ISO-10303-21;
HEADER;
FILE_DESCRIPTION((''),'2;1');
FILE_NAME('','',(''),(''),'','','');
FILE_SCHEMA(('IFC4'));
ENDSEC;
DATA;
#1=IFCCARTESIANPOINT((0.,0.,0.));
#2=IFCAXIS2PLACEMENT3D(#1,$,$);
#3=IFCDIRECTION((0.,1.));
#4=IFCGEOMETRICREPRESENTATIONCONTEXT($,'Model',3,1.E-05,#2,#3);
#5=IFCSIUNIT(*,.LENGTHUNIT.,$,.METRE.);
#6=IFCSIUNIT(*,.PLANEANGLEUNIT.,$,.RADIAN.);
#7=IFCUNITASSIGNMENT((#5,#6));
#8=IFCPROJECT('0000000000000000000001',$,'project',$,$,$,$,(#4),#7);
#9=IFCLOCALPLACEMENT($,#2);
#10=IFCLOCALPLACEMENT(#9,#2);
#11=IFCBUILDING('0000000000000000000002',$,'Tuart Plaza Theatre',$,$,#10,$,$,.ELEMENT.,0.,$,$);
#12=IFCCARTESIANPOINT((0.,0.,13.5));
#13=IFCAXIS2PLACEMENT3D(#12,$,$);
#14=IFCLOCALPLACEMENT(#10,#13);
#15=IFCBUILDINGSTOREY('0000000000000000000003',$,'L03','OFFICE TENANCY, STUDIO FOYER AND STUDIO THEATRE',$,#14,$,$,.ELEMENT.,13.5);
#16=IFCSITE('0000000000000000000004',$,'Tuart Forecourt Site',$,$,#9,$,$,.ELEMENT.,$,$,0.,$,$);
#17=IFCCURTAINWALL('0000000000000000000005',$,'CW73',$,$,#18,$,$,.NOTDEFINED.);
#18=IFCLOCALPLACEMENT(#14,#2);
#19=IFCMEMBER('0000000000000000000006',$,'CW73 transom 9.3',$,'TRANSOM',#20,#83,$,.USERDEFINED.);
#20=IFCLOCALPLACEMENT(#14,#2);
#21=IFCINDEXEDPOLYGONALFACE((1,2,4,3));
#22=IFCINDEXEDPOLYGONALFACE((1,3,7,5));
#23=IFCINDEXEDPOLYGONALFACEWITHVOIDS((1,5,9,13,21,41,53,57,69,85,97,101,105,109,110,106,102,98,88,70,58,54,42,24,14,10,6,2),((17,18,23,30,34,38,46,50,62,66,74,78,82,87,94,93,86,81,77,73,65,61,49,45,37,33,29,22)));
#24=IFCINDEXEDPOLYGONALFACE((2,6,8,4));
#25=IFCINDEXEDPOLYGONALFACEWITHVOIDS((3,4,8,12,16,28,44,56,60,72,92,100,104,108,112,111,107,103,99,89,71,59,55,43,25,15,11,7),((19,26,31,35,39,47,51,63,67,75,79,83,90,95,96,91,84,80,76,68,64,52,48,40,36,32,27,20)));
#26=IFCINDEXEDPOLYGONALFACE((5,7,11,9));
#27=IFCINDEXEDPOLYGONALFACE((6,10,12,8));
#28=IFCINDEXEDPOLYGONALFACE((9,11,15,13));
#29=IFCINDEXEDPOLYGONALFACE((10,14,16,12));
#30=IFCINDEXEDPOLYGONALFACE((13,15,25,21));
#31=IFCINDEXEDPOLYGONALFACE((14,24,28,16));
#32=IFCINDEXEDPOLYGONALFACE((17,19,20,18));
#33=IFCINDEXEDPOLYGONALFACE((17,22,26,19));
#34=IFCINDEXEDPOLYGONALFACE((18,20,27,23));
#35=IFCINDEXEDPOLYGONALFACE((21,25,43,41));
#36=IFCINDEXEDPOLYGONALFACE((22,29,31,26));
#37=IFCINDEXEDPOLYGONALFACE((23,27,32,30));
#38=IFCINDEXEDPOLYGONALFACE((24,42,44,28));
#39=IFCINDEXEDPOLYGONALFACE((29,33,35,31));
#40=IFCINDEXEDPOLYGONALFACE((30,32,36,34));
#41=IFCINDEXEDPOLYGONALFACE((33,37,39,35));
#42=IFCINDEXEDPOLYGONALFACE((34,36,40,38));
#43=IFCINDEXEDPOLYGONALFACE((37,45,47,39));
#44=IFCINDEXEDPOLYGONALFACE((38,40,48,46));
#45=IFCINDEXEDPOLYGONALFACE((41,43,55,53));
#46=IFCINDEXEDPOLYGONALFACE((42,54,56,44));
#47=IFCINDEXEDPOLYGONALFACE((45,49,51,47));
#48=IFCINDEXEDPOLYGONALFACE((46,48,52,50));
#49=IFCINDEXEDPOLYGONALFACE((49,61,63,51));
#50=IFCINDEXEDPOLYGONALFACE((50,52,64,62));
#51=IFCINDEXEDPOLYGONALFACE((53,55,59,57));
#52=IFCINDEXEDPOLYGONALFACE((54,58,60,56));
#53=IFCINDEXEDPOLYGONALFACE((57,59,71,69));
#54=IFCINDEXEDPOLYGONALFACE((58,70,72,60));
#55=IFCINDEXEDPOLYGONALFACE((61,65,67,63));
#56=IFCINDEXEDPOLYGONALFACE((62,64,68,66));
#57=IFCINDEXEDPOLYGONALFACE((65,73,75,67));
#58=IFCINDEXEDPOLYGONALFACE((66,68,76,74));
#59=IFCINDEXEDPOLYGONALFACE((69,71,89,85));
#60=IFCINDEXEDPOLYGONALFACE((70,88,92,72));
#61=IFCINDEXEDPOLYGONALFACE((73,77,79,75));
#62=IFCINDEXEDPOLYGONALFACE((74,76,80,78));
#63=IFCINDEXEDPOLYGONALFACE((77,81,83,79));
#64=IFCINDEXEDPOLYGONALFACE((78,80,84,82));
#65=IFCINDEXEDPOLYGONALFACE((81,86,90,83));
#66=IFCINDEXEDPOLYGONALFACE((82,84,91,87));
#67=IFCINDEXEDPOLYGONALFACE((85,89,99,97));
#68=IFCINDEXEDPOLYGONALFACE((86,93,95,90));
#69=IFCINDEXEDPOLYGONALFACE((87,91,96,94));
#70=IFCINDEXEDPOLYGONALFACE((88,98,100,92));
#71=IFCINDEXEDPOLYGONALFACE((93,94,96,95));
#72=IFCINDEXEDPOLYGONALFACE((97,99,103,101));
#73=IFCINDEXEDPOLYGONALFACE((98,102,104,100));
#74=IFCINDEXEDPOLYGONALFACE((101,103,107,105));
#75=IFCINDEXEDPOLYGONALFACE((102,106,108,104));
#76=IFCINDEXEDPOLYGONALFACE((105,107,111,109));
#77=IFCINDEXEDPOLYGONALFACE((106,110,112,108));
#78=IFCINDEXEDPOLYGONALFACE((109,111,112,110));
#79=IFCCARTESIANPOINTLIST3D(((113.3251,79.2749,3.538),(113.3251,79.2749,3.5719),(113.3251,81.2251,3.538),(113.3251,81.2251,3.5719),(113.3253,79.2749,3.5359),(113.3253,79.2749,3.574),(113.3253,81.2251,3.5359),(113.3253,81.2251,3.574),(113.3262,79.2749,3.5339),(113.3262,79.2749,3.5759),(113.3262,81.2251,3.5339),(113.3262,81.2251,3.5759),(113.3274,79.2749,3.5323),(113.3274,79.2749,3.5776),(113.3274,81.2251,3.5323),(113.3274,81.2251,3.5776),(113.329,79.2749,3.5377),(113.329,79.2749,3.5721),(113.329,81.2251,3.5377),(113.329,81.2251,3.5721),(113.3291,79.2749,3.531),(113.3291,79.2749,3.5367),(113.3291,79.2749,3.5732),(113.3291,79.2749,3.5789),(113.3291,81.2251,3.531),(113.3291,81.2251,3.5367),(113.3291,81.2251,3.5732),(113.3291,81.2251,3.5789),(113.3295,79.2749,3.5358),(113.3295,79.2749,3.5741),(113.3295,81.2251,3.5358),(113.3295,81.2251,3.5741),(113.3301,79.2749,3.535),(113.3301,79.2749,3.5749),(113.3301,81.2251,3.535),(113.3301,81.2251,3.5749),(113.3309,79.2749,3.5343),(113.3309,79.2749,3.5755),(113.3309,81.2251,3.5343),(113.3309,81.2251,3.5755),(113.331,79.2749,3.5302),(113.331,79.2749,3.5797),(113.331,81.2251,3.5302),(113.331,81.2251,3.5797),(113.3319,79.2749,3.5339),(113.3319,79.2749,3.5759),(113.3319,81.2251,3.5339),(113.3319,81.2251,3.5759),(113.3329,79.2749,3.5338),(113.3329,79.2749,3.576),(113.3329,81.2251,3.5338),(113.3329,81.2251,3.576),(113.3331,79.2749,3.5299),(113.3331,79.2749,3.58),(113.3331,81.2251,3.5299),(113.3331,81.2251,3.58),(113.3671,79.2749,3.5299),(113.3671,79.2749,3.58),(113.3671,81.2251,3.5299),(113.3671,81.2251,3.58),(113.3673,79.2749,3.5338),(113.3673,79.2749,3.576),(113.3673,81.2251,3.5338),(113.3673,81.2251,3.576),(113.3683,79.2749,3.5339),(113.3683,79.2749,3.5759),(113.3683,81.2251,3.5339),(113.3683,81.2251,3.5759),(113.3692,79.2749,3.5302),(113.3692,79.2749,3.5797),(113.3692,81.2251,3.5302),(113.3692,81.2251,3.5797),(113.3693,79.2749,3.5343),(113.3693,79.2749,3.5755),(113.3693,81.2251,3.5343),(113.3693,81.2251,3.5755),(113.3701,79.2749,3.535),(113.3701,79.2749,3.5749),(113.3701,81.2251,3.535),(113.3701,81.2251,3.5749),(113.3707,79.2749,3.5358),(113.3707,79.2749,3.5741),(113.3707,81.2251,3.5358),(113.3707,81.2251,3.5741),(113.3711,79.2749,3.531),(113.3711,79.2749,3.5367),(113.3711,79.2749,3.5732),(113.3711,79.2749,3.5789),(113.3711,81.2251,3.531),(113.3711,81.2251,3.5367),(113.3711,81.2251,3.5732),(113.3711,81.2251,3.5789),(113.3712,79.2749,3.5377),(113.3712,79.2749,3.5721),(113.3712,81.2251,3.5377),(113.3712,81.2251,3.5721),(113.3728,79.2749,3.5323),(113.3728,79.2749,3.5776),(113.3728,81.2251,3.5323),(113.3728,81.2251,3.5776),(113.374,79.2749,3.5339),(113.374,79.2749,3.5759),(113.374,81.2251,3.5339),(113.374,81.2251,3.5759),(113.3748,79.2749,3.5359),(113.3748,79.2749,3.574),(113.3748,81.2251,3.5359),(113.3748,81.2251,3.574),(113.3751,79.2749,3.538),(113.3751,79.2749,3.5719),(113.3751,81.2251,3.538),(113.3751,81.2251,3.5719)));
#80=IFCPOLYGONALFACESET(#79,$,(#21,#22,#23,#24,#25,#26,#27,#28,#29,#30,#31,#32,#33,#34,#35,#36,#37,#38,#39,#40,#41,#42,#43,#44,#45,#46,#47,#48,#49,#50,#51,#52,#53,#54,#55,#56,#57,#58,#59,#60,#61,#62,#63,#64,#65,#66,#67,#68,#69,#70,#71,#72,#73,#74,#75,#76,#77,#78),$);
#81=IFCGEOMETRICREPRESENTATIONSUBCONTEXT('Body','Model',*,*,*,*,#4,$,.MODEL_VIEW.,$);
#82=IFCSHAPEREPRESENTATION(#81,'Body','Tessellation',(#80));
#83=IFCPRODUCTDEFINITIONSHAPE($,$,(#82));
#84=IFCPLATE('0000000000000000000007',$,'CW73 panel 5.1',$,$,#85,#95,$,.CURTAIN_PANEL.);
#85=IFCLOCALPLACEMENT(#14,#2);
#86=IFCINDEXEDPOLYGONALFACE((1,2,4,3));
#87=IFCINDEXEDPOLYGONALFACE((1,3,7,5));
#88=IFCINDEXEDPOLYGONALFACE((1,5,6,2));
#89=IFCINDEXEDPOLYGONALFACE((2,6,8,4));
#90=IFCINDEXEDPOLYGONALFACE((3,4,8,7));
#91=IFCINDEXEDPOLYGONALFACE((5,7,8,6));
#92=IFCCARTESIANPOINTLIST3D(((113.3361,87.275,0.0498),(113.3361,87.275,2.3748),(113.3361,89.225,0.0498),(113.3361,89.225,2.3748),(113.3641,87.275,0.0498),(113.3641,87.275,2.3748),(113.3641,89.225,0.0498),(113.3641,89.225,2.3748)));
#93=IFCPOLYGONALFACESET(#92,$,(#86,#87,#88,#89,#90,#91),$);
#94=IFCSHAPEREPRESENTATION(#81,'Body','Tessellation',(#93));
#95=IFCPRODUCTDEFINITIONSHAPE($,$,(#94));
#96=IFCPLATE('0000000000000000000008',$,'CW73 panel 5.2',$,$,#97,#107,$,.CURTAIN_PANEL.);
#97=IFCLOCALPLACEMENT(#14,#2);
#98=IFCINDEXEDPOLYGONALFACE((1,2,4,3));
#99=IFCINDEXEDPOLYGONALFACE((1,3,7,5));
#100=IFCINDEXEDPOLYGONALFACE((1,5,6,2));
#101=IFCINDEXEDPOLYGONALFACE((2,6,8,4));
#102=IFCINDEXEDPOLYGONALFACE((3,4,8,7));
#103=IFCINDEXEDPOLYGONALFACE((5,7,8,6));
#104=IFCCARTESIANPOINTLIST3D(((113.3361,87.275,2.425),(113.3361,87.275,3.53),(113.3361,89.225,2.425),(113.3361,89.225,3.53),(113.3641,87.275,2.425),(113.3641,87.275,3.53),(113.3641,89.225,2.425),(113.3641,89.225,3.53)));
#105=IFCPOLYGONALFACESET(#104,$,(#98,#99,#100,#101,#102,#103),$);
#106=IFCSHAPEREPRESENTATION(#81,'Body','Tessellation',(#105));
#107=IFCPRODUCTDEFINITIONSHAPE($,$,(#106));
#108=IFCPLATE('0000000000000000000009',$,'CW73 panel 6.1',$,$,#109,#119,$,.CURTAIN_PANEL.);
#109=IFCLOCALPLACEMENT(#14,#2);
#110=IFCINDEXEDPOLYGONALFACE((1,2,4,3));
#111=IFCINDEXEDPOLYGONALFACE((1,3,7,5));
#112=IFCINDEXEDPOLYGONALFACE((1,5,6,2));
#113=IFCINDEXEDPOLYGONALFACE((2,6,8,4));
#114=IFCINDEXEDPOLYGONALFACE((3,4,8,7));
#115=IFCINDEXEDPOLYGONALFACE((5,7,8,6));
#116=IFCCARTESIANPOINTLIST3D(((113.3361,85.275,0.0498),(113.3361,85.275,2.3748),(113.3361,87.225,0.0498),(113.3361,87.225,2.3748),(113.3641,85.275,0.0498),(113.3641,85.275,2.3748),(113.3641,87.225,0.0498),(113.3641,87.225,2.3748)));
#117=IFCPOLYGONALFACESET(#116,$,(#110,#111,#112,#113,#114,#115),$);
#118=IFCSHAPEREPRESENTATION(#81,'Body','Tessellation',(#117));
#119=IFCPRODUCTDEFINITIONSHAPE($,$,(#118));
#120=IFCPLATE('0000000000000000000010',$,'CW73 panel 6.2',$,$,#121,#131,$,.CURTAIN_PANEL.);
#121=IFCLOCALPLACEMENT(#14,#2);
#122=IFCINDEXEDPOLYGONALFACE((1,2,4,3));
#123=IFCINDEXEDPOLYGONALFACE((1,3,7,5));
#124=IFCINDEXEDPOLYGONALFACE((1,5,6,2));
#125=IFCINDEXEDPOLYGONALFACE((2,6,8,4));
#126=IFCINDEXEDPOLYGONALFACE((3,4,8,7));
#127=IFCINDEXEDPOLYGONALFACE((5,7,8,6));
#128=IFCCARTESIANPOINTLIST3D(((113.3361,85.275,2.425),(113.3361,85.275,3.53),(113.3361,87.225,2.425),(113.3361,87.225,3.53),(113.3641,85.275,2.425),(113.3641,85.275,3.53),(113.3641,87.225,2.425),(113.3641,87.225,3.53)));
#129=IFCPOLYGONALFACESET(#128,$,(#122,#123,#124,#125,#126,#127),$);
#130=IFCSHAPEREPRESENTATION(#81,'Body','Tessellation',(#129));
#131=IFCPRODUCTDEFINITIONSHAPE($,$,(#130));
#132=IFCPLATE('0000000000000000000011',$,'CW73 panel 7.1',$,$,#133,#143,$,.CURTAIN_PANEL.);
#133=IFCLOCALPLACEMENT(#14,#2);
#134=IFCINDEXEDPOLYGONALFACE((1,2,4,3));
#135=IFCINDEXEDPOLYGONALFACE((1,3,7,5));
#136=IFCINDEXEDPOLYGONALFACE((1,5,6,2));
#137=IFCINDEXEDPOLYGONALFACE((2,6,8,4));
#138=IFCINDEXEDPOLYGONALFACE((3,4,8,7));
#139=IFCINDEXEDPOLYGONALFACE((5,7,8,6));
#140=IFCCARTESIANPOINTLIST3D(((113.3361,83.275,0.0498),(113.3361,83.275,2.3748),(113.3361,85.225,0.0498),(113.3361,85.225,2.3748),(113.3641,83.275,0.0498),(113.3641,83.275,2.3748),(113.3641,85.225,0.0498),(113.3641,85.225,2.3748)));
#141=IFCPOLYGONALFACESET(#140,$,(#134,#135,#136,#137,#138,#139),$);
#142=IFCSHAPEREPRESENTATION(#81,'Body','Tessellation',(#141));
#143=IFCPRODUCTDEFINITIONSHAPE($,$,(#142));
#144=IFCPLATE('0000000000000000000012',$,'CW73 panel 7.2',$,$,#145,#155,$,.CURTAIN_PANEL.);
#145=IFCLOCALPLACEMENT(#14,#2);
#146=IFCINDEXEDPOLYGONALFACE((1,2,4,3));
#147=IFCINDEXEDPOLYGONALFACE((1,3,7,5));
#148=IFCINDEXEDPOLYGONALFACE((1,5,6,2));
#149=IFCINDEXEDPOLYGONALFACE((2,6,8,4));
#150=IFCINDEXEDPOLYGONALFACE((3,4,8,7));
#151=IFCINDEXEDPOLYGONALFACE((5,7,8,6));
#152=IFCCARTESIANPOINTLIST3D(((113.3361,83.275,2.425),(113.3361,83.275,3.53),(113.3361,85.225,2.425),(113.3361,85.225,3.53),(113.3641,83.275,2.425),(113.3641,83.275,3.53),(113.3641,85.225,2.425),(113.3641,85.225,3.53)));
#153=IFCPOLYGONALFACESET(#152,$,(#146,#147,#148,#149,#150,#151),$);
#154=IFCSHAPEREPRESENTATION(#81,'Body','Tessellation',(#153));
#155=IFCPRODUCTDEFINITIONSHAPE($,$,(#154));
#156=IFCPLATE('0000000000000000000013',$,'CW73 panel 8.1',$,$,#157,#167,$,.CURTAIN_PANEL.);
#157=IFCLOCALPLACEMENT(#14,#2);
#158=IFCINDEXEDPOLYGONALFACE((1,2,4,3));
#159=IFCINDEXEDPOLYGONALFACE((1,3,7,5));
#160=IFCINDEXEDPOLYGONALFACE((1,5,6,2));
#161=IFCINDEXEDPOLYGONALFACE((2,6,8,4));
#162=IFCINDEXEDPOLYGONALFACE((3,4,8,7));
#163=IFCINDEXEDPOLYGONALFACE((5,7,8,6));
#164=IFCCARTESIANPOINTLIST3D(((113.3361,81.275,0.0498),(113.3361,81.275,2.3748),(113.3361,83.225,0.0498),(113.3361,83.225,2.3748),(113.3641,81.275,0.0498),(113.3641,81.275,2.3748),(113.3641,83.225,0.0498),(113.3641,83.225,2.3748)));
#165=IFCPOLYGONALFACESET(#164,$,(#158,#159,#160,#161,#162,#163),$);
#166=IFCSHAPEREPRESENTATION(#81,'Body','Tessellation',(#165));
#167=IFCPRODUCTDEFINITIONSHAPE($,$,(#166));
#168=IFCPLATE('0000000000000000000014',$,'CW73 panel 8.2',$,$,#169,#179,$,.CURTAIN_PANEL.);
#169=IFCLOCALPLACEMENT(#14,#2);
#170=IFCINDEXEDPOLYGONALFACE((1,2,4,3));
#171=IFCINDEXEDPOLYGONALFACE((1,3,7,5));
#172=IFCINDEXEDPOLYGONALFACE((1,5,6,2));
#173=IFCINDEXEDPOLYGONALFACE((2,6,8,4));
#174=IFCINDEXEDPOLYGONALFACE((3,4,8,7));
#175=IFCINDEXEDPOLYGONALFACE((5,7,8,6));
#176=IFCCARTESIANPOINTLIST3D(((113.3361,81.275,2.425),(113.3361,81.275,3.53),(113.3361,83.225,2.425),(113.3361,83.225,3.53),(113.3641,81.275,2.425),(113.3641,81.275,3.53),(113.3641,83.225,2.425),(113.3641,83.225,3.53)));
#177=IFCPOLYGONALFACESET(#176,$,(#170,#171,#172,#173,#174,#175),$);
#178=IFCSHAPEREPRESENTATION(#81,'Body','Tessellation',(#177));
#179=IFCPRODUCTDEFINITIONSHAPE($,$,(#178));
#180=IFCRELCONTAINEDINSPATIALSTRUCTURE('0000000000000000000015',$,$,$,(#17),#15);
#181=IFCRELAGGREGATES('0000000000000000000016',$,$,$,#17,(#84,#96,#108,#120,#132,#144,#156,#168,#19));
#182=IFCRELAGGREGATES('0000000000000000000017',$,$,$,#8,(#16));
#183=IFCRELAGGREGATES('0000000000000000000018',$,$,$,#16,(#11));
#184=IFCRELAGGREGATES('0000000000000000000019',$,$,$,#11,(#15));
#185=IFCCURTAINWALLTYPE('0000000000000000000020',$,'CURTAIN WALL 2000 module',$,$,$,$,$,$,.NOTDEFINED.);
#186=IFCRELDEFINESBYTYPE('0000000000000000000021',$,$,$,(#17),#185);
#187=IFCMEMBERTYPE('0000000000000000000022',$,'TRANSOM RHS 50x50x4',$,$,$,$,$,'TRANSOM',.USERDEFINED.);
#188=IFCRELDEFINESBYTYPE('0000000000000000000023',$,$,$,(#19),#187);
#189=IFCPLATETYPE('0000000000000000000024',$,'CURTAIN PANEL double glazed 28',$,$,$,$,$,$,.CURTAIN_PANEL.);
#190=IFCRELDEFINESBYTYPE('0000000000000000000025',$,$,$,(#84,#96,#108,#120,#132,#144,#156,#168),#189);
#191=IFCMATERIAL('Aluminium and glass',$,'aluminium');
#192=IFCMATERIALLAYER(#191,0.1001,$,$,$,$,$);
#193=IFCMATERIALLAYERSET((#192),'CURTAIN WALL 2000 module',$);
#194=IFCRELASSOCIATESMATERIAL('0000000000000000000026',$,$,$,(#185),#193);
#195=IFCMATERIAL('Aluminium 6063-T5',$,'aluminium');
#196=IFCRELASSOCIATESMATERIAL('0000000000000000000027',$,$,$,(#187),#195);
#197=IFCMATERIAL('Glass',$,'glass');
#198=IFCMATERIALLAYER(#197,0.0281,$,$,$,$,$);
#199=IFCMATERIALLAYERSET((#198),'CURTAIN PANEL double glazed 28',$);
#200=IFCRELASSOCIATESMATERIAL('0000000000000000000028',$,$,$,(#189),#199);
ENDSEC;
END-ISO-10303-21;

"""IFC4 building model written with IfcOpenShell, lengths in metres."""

from ifc_helpers import new_model, si_unit, direction, frame, origin, origin_2d, place, context, subcontext, project, spatial, rectangle, hollow_rectangle, extrude, material, layer, layer_set, material_profile, profile_set, type_object, element, aggregate, save


model = new_model("IFC4")

# Units and contexts
model_context = context("Model", 3, precision=1e-05, world=origin(), true_north=direction((0.0, 1.0)))
body_context = subcontext(model_context, "Body", "Model", "MODEL_VIEW")
ifc_project = project(units=[si_unit("LENGTHUNIT", "METRE"), si_unit("PLANEANGLEUNIT", "RADIAN")], contexts=[model_context])

# Site, building, storey
site_placement = place(None, origin())
site = spatial("IfcSite", under=ifc_project, at=site_placement, Name="Tuart Forecourt Site", CompositionType="ELEMENT", RefElevation=0.0)
building_placement = place(site_placement, origin())
building = spatial("IfcBuilding", under=site, at=building_placement, Name="Tuart Plaza Theatre", CompositionType="ELEMENT", ElevationOfRefHeight=0.0)
storey_placement = place(building_placement, frame((0.0, 0.0, 13.5)))
storey = spatial("IfcBuildingStorey", under=building, at=storey_placement, Name="L03", Description="OFFICE TENANCY, STUDIO FOYER AND STUDIO THEATRE", CompositionType="ELEMENT", Elevation=13.5)

# Curtain wall, member, plates
ifc_material_1 = material(Name="Aluminium and glass", Category="aluminium")
ifc_layer_1 = layer(ifc_material_1, 0.1001)
ifc_layer_set_1 = layer_set([ifc_layer_1], Name="CURTAIN WALL 2000 module")
curtain_wall_type = type_object("IfcCurtainWallType", Name="CURTAIN WALL 2000 module", PredefinedType="NOTDEFINED", material=ifc_layer_set_1)
curtain_wall_placement = place(storey_placement, origin())
curtain_wall = element("IfcCurtainWall", 1, at=curtain_wall_placement, inside=storey, type_object=curtain_wall_type, Name="CW73", PredefinedType="NOTDEFINED")
ifc_material_2 = material(Name="Aluminium 6063-T5", Category="aluminium")
ifc_material_profile_1 = material_profile(ifc_material_2, hollow_rectangle(XDim=0.05, YDim=0.05, WallThickness=0.0039, InnerFilletRadius=0.0039, OuterFilletRadius=0.0081, at=origin_2d()), Name="RHS 50x50x4")
ifc_profile_set_1 = profile_set([ifc_material_profile_1], Name="Aluminium 6063-T5")
member_type_1 = type_object("IfcMemberType", Name="TRANSOM RHS 50x50x4", ElementType="TRANSOM", PredefinedType="USERDEFINED", material=ifc_profile_set_1)
member_1_placement = place(storey_placement, frame((113.3501, 81.2251, 3.5549), z_axis=(0.0, -1.0, 0.0), x_axis=(1.0, 0.0, 0.0)))
member_1 = element("IfcMember", 2, at=member_1_placement, type_object=member_type_1, Name="CW73 transom 9.3", ObjectType="TRANSOM", PredefinedType="USERDEFINED", context=body_context, shape_type="SweptSolid", body=[
    extrude(hollow_rectangle(XDim=0.05, YDim=0.05, WallThickness=0.0039, InnerFilletRadius=0.0039, OuterFilletRadius=0.0081, at=origin_2d()), origin(), (0.0, 0.0, 1.0), 1.9502),
])
ifc_material_3 = material(Name="Glass", Category="glass")
ifc_layer_2 = layer(ifc_material_3, 0.0281)
ifc_layer_set_2 = layer_set([ifc_layer_2], Name="CURTAIN PANEL double glazed 28")
plate_type = type_object("IfcPlateType", Name="CURTAIN PANEL double glazed 28", PredefinedType="CURTAIN_PANEL", material=ifc_layer_set_2)
plate_1_placement = place(storey_placement, frame((113.3501, 88.25, 0.0498), z_axis=(0.0, 0.0, 1.0), x_axis=(0.0, -1.0, 0.0)))
plate_1 = element("IfcPlate", 3, at=plate_1_placement, type_object=plate_type, Name="CW73 panel 5.1", PredefinedType="CURTAIN_PANEL", context=body_context, shape_type="SweptSolid", body=[
    extrude(rectangle(XDim=1.95, YDim=0.0281, at=origin_2d()), origin(), (0.0, 0.0, 1.0), 2.325),
])
plate_2_placement = place(storey_placement, frame((113.3501, 88.25, 2.425), z_axis=(0.0, 0.0, 1.0), x_axis=(0.0, -1.0, 0.0)))
plate_2 = element("IfcPlate", 4, at=plate_2_placement, type_object=plate_type, Name="CW73 panel 5.2", PredefinedType="CURTAIN_PANEL", context=body_context, shape_type="SweptSolid", body=[
    extrude(rectangle(XDim=1.95, YDim=0.0281, at=origin_2d()), origin(), (0.0, 0.0, 1.0), 1.105),
])
plate_3_placement = place(storey_placement, frame((113.3501, 86.25, 0.0498), z_axis=(0.0, 0.0, 1.0), x_axis=(0.0, -1.0, 0.0)))
plate_3 = element("IfcPlate", 5, at=plate_3_placement, type_object=plate_type, Name="CW73 panel 6.1", PredefinedType="CURTAIN_PANEL", context=body_context, shape_type="SweptSolid", body=[
    extrude(rectangle(XDim=1.95, YDim=0.0281, at=origin_2d()), origin(), (0.0, 0.0, 1.0), 2.325),
])
plate_4_placement = place(storey_placement, frame((113.3501, 86.25, 2.425), z_axis=(0.0, 0.0, 1.0), x_axis=(0.0, -1.0, 0.0)))
plate_4 = element("IfcPlate", 6, at=plate_4_placement, type_object=plate_type, Name="CW73 panel 6.2", PredefinedType="CURTAIN_PANEL", context=body_context, shape_type="SweptSolid", body=[
    extrude(rectangle(XDim=1.95, YDim=0.0281, at=origin_2d()), origin(), (0.0, 0.0, 1.0), 1.105),
])
plate_5_placement = place(storey_placement, frame((113.3501, 84.25, 0.0498), z_axis=(0.0, 0.0, 1.0), x_axis=(0.0, -1.0, 0.0)))
plate_5 = element("IfcPlate", 7, at=plate_5_placement, type_object=plate_type, Name="CW73 panel 7.1", PredefinedType="CURTAIN_PANEL", context=body_context, shape_type="SweptSolid", body=[
    extrude(rectangle(XDim=1.95, YDim=0.0281, at=origin_2d()), origin(), (0.0, 0.0, 1.0), 2.325),
])
plate_6_placement = place(storey_placement, frame((113.3501, 84.25, 2.425), z_axis=(0.0, 0.0, 1.0), x_axis=(0.0, -1.0, 0.0)))
plate_6 = element("IfcPlate", 8, at=plate_6_placement, type_object=plate_type, Name="CW73 panel 7.2", PredefinedType="CURTAIN_PANEL", context=body_context, shape_type="SweptSolid", body=[
    extrude(rectangle(XDim=1.95, YDim=0.0281, at=origin_2d()), origin(), (0.0, 0.0, 1.0), 1.105),
])
plate_7_placement = place(storey_placement, frame((113.3501, 82.25, 0.0498), z_axis=(0.0, 0.0, 1.0), x_axis=(0.0, -1.0, 0.0)))
plate_7 = element("IfcPlate", 9, at=plate_7_placement, type_object=plate_type, Name="CW73 panel 8.1", PredefinedType="CURTAIN_PANEL", context=body_context, shape_type="SweptSolid", body=[
    extrude(rectangle(XDim=1.95, YDim=0.0281, at=origin_2d()), origin(), (0.0, 0.0, 1.0), 2.325),
])
plate_8_placement = place(storey_placement, frame((113.3501, 82.25, 2.425), z_axis=(0.0, 0.0, 1.0), x_axis=(0.0, -1.0, 0.0)))
plate_8 = element("IfcPlate", 10, at=plate_8_placement, type_object=plate_type, Name="CW73 panel 8.2", PredefinedType="CURTAIN_PANEL", context=body_context, shape_type="SweptSolid", body=[
    extrude(rectangle(XDim=1.95, YDim=0.0281, at=origin_2d()), origin(), (0.0, 0.0, 1.0), 1.105),
])
aggregate(curtain_wall, [plate_1, plate_2, plate_3, plate_4, plate_5, plate_6, plate_7, plate_8, member_1])

save(model, "model.ifc")
